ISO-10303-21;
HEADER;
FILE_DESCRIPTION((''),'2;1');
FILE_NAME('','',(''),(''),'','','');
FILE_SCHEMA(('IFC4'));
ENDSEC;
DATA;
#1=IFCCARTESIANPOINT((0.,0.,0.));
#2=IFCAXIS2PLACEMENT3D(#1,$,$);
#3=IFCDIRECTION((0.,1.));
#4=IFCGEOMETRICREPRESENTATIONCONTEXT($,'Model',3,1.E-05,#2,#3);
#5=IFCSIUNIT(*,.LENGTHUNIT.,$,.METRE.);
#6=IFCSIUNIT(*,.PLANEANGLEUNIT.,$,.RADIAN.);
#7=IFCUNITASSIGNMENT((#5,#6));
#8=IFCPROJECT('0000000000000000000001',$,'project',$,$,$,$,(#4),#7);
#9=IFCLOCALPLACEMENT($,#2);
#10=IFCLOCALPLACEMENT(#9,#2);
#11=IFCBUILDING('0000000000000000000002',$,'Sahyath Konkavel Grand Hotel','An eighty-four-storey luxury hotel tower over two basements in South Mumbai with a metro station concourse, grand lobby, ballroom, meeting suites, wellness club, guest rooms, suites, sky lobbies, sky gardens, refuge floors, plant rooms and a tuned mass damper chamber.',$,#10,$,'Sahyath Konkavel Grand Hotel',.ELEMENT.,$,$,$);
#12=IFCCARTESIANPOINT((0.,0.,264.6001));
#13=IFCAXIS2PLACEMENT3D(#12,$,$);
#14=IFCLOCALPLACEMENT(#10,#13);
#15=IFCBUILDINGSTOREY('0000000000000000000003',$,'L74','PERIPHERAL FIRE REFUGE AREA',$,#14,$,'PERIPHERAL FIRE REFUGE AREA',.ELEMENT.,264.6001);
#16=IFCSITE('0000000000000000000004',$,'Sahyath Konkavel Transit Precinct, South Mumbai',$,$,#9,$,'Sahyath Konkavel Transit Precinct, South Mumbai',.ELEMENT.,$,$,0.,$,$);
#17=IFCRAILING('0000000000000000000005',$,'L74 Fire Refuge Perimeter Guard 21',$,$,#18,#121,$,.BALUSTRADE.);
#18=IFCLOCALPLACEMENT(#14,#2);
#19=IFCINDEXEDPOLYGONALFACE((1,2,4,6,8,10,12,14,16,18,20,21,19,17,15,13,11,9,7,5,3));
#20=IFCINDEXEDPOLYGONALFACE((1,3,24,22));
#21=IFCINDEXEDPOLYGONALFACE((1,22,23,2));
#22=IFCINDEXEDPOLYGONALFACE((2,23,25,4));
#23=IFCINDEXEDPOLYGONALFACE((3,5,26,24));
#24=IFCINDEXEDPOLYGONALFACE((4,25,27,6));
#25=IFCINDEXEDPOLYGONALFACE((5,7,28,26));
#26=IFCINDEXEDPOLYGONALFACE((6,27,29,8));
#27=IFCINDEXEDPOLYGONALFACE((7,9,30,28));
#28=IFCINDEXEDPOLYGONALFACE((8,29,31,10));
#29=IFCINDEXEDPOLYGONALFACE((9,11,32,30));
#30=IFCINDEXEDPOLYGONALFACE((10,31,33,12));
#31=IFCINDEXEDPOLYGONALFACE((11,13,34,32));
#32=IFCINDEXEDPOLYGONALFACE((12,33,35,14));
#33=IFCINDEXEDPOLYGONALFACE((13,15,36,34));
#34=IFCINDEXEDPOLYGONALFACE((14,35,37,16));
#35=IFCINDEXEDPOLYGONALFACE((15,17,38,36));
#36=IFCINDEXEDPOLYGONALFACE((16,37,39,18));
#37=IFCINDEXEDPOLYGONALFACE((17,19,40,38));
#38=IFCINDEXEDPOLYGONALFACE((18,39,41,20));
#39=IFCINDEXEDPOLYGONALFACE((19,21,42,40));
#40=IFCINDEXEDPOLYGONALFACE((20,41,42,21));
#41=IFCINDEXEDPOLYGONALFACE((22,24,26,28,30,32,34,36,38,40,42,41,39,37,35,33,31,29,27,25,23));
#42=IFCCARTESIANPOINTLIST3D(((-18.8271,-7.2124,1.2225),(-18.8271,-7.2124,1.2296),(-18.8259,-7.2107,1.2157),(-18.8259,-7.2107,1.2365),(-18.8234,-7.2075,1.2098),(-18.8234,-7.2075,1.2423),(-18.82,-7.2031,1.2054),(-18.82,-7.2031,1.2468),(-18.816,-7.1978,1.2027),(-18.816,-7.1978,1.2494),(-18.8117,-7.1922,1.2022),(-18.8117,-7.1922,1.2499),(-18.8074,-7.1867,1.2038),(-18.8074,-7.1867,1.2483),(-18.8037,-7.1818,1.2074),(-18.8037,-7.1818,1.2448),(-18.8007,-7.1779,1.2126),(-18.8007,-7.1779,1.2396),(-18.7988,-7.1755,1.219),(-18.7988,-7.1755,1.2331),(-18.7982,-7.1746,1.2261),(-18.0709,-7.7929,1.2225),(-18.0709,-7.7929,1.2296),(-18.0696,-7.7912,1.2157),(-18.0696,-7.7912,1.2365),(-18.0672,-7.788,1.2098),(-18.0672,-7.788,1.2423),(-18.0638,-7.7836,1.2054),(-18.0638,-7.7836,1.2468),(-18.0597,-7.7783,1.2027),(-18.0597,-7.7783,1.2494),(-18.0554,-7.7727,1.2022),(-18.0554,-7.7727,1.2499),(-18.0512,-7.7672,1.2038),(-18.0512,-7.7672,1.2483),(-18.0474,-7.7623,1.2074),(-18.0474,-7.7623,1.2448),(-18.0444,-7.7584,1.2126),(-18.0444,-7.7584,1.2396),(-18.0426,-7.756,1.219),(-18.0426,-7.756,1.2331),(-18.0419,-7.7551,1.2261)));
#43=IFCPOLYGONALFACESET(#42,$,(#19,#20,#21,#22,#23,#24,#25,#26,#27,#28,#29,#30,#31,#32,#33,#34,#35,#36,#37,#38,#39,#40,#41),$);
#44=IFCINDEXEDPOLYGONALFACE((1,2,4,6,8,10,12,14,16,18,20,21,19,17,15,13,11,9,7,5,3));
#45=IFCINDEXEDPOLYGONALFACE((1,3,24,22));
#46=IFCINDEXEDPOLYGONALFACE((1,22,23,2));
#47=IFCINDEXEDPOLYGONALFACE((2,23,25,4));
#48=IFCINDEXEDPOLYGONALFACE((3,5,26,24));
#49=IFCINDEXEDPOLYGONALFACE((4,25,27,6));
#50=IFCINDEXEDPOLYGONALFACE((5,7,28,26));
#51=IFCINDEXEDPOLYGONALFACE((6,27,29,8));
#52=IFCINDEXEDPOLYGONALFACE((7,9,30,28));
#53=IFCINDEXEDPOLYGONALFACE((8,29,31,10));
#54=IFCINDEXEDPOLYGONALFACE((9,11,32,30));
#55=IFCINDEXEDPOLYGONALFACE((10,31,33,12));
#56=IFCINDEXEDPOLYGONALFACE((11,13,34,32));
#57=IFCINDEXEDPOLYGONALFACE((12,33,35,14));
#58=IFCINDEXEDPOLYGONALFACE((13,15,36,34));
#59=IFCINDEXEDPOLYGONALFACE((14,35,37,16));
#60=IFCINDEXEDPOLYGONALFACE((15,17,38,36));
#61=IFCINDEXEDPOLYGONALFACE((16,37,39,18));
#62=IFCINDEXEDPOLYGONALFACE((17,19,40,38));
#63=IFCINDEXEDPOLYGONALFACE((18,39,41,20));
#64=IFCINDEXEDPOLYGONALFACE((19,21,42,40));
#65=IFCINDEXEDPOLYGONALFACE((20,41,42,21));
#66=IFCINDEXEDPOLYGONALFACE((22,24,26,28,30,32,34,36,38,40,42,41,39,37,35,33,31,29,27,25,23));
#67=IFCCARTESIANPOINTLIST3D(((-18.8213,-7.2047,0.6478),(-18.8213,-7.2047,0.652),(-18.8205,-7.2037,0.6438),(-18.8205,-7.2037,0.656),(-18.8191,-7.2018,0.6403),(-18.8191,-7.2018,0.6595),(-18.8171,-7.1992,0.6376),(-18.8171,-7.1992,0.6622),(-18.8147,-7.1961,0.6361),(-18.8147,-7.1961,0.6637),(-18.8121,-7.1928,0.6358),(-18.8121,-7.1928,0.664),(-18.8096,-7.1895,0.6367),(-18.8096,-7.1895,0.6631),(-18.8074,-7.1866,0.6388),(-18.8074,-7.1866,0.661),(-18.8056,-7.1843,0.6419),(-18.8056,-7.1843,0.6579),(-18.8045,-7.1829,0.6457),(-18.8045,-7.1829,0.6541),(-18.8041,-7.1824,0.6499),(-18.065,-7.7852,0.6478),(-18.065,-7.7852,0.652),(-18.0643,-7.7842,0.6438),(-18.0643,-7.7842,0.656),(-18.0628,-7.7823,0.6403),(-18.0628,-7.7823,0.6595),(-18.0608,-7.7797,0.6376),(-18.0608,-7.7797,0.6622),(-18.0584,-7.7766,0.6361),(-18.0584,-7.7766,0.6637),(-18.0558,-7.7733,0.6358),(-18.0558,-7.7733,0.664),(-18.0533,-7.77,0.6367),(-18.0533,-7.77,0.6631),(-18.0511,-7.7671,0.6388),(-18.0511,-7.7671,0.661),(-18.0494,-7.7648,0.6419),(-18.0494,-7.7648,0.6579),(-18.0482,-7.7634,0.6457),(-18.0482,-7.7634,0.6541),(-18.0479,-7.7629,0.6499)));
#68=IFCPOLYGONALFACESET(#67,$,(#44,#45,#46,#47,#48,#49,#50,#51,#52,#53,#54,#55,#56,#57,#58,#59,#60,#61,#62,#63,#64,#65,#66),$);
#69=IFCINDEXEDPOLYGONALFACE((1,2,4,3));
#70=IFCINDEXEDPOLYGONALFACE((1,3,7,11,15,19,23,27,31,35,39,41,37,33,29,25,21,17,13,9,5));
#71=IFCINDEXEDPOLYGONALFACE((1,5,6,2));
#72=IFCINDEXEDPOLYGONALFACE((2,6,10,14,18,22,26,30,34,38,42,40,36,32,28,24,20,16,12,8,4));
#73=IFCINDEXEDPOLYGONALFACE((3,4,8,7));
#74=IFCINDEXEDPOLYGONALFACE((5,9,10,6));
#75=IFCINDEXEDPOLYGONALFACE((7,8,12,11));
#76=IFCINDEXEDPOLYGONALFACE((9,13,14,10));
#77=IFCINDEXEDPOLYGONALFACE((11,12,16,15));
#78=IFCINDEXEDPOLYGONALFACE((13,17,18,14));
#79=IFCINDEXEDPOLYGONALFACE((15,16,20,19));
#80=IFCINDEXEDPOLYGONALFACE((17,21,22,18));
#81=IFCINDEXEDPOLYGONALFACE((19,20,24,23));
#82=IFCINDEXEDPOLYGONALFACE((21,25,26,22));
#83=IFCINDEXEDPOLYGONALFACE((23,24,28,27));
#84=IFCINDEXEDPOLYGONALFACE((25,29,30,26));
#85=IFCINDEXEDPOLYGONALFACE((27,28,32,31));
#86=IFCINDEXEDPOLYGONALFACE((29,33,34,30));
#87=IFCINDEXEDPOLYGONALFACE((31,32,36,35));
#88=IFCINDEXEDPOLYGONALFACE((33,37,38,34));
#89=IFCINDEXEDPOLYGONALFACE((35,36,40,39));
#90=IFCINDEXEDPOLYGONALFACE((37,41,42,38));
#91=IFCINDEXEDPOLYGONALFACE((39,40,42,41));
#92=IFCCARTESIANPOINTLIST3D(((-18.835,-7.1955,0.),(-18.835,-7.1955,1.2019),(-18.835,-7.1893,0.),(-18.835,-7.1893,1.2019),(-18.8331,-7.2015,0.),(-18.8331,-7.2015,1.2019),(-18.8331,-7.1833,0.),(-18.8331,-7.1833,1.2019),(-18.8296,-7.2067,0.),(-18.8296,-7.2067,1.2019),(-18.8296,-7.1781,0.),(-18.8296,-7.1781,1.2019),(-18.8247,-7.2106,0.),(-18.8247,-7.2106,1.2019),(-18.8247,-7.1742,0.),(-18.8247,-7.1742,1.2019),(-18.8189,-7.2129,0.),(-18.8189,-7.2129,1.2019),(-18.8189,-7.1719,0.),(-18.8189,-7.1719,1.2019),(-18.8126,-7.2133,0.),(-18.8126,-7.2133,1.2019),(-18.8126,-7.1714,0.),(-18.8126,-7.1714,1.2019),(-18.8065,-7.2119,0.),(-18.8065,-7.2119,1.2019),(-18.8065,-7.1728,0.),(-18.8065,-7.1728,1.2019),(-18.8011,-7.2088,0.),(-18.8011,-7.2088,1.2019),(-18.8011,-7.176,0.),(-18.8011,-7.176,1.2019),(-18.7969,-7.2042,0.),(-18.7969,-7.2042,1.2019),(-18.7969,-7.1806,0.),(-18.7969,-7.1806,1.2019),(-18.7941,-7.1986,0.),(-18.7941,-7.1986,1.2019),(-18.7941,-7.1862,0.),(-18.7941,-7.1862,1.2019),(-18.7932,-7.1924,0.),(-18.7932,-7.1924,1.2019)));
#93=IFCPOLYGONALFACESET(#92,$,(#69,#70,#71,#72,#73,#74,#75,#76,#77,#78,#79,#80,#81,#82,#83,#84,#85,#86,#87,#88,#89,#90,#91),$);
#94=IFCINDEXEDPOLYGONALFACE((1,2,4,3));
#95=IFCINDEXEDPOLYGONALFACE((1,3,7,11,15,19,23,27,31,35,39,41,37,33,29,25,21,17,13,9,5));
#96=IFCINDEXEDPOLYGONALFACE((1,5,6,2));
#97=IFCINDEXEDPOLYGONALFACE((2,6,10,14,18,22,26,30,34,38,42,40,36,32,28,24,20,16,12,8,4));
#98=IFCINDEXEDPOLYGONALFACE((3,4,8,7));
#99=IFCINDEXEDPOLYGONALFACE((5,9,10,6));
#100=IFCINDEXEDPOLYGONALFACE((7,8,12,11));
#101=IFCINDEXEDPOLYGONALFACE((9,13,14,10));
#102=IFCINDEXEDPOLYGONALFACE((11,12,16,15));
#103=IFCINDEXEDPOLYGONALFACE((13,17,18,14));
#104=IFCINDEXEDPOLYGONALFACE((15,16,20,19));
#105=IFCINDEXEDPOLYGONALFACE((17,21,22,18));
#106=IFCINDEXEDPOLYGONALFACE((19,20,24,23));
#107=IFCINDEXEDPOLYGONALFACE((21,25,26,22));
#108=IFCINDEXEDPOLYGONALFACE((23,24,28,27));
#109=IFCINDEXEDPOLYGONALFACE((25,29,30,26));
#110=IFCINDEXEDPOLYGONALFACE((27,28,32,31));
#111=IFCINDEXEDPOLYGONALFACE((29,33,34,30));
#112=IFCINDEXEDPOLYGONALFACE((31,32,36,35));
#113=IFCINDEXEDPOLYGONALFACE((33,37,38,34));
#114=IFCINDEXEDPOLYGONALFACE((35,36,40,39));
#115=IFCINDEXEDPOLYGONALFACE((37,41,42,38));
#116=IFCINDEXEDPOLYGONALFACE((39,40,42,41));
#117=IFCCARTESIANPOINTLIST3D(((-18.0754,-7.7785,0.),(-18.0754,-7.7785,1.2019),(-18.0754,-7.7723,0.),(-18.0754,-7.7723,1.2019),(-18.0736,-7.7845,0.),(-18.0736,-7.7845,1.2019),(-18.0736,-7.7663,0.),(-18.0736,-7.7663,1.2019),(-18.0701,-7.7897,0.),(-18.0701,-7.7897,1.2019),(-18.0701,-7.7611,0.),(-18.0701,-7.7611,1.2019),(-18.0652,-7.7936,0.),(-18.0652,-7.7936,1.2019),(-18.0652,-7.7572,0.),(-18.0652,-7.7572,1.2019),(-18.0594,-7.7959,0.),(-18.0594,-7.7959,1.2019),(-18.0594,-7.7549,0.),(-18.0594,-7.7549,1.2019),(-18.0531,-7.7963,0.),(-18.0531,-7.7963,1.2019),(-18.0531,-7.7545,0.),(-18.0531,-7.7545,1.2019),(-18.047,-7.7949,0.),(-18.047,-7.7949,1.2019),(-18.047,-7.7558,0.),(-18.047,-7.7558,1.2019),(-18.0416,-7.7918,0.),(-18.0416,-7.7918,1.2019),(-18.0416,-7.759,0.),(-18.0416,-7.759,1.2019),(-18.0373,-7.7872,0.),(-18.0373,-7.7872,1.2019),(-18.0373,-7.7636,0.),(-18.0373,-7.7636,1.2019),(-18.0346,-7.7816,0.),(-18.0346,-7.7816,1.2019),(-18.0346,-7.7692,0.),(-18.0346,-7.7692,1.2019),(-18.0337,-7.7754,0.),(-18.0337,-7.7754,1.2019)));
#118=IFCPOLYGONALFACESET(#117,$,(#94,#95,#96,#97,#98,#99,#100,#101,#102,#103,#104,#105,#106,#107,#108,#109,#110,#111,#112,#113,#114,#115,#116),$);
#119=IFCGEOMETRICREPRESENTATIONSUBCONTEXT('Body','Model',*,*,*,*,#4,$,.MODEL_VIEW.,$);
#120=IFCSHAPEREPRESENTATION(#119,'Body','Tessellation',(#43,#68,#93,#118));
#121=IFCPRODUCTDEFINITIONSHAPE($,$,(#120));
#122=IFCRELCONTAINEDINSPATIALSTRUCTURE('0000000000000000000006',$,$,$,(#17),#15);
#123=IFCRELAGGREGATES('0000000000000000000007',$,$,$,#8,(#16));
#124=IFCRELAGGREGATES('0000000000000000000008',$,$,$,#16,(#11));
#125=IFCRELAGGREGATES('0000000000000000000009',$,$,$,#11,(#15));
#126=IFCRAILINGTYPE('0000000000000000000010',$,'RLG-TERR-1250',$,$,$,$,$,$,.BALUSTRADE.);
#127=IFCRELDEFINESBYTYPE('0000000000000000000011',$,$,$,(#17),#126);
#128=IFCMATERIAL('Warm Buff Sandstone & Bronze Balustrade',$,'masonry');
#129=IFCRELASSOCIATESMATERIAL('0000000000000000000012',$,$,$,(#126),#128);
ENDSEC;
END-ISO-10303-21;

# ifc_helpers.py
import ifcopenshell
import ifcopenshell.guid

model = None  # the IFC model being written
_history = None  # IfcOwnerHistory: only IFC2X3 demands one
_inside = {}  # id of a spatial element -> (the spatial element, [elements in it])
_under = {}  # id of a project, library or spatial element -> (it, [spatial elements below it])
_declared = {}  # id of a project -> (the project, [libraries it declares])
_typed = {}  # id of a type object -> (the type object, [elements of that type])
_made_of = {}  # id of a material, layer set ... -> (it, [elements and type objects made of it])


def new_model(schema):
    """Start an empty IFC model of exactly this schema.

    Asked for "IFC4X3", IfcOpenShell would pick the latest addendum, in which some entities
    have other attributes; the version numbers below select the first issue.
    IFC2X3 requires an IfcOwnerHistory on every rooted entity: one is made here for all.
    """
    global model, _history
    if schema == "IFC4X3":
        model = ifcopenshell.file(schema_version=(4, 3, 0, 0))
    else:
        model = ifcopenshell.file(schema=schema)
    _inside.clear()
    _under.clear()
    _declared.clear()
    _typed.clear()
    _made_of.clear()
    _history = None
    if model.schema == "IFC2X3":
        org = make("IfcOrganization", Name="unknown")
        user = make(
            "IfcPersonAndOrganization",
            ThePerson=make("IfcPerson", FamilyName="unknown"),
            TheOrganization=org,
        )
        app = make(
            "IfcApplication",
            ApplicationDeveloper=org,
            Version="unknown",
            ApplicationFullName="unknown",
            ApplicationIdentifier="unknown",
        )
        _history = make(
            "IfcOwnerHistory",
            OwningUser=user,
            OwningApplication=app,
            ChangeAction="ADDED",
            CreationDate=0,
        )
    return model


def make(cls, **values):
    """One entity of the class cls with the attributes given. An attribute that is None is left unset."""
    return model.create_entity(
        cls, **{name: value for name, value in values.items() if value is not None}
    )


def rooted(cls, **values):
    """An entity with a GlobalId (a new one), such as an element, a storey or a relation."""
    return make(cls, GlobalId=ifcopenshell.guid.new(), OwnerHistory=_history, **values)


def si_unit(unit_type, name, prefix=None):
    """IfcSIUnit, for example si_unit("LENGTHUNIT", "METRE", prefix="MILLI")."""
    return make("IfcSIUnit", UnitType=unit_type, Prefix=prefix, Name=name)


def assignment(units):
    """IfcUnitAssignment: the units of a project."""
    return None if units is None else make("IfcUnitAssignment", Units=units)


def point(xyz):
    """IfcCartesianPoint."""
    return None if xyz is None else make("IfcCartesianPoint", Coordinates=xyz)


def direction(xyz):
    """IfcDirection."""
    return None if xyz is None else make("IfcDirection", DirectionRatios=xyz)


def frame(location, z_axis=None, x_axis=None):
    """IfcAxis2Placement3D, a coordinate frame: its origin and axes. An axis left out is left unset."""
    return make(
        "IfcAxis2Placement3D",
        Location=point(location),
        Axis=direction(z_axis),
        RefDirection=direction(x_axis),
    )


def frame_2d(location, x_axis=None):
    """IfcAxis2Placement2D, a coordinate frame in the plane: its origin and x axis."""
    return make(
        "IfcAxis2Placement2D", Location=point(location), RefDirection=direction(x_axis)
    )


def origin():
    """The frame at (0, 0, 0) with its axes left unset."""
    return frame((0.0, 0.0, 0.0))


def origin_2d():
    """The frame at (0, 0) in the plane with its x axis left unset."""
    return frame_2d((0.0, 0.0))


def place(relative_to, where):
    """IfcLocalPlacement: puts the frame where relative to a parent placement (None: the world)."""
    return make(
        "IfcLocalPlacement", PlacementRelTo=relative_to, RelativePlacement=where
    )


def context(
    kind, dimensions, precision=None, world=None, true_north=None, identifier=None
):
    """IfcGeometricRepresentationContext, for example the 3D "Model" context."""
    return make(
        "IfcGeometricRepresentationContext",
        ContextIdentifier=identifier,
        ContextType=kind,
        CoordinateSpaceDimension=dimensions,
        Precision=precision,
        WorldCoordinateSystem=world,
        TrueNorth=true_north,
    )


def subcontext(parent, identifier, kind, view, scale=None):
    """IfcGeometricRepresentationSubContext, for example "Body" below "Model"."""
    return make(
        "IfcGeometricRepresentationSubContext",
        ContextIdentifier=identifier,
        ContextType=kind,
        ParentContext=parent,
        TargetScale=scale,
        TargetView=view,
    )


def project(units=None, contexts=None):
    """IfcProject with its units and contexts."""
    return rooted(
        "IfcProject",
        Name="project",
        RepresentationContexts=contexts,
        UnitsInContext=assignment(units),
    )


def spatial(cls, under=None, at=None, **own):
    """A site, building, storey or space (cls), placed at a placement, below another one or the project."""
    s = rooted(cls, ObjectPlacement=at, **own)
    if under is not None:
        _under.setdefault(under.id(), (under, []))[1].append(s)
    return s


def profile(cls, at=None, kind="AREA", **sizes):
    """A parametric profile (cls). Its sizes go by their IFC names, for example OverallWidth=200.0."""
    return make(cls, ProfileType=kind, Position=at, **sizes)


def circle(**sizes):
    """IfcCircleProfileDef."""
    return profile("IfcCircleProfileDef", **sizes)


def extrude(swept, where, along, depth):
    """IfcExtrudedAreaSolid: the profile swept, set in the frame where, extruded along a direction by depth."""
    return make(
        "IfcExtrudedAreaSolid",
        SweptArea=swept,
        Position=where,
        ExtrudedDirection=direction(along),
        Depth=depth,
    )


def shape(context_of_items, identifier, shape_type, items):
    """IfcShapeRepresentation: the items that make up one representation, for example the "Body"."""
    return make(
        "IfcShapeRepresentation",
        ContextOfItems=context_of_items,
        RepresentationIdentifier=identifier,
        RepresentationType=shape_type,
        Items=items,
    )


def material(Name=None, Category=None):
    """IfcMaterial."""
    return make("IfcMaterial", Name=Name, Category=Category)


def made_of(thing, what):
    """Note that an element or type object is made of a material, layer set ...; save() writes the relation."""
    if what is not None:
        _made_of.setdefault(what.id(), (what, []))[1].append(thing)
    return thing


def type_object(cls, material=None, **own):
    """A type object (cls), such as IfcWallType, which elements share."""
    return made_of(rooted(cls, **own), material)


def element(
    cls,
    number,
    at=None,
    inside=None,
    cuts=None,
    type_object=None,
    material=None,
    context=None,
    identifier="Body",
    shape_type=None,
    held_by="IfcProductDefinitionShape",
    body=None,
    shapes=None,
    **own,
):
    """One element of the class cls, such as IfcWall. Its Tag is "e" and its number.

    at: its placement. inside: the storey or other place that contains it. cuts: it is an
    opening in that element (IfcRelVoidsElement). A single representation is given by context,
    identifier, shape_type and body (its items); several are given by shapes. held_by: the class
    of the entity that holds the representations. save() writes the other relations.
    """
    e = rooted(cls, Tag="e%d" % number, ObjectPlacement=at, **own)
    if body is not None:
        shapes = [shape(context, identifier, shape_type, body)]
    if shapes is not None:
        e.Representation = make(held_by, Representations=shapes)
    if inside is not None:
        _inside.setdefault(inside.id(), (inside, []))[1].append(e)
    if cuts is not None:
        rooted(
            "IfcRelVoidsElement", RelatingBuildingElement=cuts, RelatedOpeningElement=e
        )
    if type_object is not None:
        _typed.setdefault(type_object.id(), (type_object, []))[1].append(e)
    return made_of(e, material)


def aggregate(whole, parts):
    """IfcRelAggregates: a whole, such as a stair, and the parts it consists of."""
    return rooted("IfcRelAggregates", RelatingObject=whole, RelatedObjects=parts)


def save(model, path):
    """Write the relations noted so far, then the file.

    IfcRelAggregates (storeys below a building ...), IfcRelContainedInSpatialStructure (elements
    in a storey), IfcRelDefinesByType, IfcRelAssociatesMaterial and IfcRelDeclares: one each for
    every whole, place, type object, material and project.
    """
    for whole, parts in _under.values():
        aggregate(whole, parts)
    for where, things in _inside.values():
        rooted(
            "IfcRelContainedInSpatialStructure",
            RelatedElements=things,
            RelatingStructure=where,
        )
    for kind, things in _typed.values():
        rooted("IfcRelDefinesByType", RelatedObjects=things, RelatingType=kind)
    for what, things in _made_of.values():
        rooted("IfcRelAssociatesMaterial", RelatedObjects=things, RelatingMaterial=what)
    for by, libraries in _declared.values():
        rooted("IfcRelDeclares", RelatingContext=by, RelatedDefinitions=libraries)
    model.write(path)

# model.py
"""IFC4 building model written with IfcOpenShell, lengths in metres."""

from ifc_helpers import new_model, si_unit, direction, frame, origin, origin_2d, place, context, subcontext, project, spatial, circle, extrude, material, type_object, element, save


model = new_model("IFC4")

# Units and contexts
model_context = context("Model", 3, precision=1e-05, world=origin(), true_north=direction((0.0, 1.0)))
body_context = subcontext(model_context, "Body", "Model", "MODEL_VIEW")
ifc_project = project(units=[si_unit("LENGTHUNIT", "METRE"), si_unit("PLANEANGLEUNIT", "RADIAN")], contexts=[model_context])

# Site, building, storey
site_placement = place(None, origin())
site = spatial("IfcSite", under=ifc_project, at=site_placement, Name="Sahyath Konkavel Transit Precinct, South Mumbai", LongName="Sahyath Konkavel Transit Precinct, South Mumbai", CompositionType="ELEMENT", RefElevation=0.0)
building_placement = place(site_placement, origin())
building = spatial("IfcBuilding", under=site, at=building_placement, Name="Sahyath Konkavel Grand Hotel", Description="An eighty-four-storey luxury hotel tower over two basements in South Mumbai with a metro station concourse, grand lobby, ballroom, meeting suites, wellness club, guest rooms, suites, sky lobbies, sky gardens, refuge floors, plant rooms and a tuned mass damper chamber.", LongName="Sahyath Konkavel Grand Hotel", CompositionType="ELEMENT")
storey_placement = place(building_placement, frame((0.0, 0.0, 264.6001)))
storey = spatial("IfcBuildingStorey", under=building, at=storey_placement, Name="L74", Description="PERIPHERAL FIRE REFUGE AREA", LongName="PERIPHERAL FIRE REFUGE AREA", CompositionType="ELEMENT", Elevation=264.6001)

# Railing
ifc_material_1 = material(Name="Warm Buff Sandstone & Bronze Balustrade", Category="masonry")
railing_type = type_object("IfcRailingType", Name="RLG-TERR-1250", PredefinedType="BALUSTRADE", material=ifc_material_1)
railing_1_placement = place(storey_placement, frame((-18.8142, -7.1924, 0.0)))
element("IfcRailing", 1, at=railing_1_placement, inside=storey, type_object=railing_type, Name="L74 Fire Refuge Perimeter Guard 21", PredefinedType="BALUSTRADE", context=body_context, shape_type="SweptSolid", body=[
    extrude(circle(Radius=0.0239, at=origin_2d()), frame((0.0015, -0.0012, 1.2261), z_axis=(0.793249, -0.608897, 0.0), x_axis=(0.608897, 0.793249, 0.0)), (0.0, 0.0, 1.0), 0.9534),
    extrude(circle(Radius=0.0142, at=origin_2d()), frame((0.0015, -0.0012, 0.6499), z_axis=(0.793249, -0.608897, 0.0), x_axis=(0.608897, 0.793249, 0.0)), (0.0, 0.0, 1.0), 0.9534),
    extrude(circle(Radius=0.021, at=origin_2d()), origin(), (0.0, 0.0, 1.0), 1.2019),
    extrude(circle(Radius=0.021, at=origin_2d()), frame((0.7595, -0.583, 0.0)), (0.0, 0.0, 1.0), 1.2019),
])

save(model, "model.ifc")
